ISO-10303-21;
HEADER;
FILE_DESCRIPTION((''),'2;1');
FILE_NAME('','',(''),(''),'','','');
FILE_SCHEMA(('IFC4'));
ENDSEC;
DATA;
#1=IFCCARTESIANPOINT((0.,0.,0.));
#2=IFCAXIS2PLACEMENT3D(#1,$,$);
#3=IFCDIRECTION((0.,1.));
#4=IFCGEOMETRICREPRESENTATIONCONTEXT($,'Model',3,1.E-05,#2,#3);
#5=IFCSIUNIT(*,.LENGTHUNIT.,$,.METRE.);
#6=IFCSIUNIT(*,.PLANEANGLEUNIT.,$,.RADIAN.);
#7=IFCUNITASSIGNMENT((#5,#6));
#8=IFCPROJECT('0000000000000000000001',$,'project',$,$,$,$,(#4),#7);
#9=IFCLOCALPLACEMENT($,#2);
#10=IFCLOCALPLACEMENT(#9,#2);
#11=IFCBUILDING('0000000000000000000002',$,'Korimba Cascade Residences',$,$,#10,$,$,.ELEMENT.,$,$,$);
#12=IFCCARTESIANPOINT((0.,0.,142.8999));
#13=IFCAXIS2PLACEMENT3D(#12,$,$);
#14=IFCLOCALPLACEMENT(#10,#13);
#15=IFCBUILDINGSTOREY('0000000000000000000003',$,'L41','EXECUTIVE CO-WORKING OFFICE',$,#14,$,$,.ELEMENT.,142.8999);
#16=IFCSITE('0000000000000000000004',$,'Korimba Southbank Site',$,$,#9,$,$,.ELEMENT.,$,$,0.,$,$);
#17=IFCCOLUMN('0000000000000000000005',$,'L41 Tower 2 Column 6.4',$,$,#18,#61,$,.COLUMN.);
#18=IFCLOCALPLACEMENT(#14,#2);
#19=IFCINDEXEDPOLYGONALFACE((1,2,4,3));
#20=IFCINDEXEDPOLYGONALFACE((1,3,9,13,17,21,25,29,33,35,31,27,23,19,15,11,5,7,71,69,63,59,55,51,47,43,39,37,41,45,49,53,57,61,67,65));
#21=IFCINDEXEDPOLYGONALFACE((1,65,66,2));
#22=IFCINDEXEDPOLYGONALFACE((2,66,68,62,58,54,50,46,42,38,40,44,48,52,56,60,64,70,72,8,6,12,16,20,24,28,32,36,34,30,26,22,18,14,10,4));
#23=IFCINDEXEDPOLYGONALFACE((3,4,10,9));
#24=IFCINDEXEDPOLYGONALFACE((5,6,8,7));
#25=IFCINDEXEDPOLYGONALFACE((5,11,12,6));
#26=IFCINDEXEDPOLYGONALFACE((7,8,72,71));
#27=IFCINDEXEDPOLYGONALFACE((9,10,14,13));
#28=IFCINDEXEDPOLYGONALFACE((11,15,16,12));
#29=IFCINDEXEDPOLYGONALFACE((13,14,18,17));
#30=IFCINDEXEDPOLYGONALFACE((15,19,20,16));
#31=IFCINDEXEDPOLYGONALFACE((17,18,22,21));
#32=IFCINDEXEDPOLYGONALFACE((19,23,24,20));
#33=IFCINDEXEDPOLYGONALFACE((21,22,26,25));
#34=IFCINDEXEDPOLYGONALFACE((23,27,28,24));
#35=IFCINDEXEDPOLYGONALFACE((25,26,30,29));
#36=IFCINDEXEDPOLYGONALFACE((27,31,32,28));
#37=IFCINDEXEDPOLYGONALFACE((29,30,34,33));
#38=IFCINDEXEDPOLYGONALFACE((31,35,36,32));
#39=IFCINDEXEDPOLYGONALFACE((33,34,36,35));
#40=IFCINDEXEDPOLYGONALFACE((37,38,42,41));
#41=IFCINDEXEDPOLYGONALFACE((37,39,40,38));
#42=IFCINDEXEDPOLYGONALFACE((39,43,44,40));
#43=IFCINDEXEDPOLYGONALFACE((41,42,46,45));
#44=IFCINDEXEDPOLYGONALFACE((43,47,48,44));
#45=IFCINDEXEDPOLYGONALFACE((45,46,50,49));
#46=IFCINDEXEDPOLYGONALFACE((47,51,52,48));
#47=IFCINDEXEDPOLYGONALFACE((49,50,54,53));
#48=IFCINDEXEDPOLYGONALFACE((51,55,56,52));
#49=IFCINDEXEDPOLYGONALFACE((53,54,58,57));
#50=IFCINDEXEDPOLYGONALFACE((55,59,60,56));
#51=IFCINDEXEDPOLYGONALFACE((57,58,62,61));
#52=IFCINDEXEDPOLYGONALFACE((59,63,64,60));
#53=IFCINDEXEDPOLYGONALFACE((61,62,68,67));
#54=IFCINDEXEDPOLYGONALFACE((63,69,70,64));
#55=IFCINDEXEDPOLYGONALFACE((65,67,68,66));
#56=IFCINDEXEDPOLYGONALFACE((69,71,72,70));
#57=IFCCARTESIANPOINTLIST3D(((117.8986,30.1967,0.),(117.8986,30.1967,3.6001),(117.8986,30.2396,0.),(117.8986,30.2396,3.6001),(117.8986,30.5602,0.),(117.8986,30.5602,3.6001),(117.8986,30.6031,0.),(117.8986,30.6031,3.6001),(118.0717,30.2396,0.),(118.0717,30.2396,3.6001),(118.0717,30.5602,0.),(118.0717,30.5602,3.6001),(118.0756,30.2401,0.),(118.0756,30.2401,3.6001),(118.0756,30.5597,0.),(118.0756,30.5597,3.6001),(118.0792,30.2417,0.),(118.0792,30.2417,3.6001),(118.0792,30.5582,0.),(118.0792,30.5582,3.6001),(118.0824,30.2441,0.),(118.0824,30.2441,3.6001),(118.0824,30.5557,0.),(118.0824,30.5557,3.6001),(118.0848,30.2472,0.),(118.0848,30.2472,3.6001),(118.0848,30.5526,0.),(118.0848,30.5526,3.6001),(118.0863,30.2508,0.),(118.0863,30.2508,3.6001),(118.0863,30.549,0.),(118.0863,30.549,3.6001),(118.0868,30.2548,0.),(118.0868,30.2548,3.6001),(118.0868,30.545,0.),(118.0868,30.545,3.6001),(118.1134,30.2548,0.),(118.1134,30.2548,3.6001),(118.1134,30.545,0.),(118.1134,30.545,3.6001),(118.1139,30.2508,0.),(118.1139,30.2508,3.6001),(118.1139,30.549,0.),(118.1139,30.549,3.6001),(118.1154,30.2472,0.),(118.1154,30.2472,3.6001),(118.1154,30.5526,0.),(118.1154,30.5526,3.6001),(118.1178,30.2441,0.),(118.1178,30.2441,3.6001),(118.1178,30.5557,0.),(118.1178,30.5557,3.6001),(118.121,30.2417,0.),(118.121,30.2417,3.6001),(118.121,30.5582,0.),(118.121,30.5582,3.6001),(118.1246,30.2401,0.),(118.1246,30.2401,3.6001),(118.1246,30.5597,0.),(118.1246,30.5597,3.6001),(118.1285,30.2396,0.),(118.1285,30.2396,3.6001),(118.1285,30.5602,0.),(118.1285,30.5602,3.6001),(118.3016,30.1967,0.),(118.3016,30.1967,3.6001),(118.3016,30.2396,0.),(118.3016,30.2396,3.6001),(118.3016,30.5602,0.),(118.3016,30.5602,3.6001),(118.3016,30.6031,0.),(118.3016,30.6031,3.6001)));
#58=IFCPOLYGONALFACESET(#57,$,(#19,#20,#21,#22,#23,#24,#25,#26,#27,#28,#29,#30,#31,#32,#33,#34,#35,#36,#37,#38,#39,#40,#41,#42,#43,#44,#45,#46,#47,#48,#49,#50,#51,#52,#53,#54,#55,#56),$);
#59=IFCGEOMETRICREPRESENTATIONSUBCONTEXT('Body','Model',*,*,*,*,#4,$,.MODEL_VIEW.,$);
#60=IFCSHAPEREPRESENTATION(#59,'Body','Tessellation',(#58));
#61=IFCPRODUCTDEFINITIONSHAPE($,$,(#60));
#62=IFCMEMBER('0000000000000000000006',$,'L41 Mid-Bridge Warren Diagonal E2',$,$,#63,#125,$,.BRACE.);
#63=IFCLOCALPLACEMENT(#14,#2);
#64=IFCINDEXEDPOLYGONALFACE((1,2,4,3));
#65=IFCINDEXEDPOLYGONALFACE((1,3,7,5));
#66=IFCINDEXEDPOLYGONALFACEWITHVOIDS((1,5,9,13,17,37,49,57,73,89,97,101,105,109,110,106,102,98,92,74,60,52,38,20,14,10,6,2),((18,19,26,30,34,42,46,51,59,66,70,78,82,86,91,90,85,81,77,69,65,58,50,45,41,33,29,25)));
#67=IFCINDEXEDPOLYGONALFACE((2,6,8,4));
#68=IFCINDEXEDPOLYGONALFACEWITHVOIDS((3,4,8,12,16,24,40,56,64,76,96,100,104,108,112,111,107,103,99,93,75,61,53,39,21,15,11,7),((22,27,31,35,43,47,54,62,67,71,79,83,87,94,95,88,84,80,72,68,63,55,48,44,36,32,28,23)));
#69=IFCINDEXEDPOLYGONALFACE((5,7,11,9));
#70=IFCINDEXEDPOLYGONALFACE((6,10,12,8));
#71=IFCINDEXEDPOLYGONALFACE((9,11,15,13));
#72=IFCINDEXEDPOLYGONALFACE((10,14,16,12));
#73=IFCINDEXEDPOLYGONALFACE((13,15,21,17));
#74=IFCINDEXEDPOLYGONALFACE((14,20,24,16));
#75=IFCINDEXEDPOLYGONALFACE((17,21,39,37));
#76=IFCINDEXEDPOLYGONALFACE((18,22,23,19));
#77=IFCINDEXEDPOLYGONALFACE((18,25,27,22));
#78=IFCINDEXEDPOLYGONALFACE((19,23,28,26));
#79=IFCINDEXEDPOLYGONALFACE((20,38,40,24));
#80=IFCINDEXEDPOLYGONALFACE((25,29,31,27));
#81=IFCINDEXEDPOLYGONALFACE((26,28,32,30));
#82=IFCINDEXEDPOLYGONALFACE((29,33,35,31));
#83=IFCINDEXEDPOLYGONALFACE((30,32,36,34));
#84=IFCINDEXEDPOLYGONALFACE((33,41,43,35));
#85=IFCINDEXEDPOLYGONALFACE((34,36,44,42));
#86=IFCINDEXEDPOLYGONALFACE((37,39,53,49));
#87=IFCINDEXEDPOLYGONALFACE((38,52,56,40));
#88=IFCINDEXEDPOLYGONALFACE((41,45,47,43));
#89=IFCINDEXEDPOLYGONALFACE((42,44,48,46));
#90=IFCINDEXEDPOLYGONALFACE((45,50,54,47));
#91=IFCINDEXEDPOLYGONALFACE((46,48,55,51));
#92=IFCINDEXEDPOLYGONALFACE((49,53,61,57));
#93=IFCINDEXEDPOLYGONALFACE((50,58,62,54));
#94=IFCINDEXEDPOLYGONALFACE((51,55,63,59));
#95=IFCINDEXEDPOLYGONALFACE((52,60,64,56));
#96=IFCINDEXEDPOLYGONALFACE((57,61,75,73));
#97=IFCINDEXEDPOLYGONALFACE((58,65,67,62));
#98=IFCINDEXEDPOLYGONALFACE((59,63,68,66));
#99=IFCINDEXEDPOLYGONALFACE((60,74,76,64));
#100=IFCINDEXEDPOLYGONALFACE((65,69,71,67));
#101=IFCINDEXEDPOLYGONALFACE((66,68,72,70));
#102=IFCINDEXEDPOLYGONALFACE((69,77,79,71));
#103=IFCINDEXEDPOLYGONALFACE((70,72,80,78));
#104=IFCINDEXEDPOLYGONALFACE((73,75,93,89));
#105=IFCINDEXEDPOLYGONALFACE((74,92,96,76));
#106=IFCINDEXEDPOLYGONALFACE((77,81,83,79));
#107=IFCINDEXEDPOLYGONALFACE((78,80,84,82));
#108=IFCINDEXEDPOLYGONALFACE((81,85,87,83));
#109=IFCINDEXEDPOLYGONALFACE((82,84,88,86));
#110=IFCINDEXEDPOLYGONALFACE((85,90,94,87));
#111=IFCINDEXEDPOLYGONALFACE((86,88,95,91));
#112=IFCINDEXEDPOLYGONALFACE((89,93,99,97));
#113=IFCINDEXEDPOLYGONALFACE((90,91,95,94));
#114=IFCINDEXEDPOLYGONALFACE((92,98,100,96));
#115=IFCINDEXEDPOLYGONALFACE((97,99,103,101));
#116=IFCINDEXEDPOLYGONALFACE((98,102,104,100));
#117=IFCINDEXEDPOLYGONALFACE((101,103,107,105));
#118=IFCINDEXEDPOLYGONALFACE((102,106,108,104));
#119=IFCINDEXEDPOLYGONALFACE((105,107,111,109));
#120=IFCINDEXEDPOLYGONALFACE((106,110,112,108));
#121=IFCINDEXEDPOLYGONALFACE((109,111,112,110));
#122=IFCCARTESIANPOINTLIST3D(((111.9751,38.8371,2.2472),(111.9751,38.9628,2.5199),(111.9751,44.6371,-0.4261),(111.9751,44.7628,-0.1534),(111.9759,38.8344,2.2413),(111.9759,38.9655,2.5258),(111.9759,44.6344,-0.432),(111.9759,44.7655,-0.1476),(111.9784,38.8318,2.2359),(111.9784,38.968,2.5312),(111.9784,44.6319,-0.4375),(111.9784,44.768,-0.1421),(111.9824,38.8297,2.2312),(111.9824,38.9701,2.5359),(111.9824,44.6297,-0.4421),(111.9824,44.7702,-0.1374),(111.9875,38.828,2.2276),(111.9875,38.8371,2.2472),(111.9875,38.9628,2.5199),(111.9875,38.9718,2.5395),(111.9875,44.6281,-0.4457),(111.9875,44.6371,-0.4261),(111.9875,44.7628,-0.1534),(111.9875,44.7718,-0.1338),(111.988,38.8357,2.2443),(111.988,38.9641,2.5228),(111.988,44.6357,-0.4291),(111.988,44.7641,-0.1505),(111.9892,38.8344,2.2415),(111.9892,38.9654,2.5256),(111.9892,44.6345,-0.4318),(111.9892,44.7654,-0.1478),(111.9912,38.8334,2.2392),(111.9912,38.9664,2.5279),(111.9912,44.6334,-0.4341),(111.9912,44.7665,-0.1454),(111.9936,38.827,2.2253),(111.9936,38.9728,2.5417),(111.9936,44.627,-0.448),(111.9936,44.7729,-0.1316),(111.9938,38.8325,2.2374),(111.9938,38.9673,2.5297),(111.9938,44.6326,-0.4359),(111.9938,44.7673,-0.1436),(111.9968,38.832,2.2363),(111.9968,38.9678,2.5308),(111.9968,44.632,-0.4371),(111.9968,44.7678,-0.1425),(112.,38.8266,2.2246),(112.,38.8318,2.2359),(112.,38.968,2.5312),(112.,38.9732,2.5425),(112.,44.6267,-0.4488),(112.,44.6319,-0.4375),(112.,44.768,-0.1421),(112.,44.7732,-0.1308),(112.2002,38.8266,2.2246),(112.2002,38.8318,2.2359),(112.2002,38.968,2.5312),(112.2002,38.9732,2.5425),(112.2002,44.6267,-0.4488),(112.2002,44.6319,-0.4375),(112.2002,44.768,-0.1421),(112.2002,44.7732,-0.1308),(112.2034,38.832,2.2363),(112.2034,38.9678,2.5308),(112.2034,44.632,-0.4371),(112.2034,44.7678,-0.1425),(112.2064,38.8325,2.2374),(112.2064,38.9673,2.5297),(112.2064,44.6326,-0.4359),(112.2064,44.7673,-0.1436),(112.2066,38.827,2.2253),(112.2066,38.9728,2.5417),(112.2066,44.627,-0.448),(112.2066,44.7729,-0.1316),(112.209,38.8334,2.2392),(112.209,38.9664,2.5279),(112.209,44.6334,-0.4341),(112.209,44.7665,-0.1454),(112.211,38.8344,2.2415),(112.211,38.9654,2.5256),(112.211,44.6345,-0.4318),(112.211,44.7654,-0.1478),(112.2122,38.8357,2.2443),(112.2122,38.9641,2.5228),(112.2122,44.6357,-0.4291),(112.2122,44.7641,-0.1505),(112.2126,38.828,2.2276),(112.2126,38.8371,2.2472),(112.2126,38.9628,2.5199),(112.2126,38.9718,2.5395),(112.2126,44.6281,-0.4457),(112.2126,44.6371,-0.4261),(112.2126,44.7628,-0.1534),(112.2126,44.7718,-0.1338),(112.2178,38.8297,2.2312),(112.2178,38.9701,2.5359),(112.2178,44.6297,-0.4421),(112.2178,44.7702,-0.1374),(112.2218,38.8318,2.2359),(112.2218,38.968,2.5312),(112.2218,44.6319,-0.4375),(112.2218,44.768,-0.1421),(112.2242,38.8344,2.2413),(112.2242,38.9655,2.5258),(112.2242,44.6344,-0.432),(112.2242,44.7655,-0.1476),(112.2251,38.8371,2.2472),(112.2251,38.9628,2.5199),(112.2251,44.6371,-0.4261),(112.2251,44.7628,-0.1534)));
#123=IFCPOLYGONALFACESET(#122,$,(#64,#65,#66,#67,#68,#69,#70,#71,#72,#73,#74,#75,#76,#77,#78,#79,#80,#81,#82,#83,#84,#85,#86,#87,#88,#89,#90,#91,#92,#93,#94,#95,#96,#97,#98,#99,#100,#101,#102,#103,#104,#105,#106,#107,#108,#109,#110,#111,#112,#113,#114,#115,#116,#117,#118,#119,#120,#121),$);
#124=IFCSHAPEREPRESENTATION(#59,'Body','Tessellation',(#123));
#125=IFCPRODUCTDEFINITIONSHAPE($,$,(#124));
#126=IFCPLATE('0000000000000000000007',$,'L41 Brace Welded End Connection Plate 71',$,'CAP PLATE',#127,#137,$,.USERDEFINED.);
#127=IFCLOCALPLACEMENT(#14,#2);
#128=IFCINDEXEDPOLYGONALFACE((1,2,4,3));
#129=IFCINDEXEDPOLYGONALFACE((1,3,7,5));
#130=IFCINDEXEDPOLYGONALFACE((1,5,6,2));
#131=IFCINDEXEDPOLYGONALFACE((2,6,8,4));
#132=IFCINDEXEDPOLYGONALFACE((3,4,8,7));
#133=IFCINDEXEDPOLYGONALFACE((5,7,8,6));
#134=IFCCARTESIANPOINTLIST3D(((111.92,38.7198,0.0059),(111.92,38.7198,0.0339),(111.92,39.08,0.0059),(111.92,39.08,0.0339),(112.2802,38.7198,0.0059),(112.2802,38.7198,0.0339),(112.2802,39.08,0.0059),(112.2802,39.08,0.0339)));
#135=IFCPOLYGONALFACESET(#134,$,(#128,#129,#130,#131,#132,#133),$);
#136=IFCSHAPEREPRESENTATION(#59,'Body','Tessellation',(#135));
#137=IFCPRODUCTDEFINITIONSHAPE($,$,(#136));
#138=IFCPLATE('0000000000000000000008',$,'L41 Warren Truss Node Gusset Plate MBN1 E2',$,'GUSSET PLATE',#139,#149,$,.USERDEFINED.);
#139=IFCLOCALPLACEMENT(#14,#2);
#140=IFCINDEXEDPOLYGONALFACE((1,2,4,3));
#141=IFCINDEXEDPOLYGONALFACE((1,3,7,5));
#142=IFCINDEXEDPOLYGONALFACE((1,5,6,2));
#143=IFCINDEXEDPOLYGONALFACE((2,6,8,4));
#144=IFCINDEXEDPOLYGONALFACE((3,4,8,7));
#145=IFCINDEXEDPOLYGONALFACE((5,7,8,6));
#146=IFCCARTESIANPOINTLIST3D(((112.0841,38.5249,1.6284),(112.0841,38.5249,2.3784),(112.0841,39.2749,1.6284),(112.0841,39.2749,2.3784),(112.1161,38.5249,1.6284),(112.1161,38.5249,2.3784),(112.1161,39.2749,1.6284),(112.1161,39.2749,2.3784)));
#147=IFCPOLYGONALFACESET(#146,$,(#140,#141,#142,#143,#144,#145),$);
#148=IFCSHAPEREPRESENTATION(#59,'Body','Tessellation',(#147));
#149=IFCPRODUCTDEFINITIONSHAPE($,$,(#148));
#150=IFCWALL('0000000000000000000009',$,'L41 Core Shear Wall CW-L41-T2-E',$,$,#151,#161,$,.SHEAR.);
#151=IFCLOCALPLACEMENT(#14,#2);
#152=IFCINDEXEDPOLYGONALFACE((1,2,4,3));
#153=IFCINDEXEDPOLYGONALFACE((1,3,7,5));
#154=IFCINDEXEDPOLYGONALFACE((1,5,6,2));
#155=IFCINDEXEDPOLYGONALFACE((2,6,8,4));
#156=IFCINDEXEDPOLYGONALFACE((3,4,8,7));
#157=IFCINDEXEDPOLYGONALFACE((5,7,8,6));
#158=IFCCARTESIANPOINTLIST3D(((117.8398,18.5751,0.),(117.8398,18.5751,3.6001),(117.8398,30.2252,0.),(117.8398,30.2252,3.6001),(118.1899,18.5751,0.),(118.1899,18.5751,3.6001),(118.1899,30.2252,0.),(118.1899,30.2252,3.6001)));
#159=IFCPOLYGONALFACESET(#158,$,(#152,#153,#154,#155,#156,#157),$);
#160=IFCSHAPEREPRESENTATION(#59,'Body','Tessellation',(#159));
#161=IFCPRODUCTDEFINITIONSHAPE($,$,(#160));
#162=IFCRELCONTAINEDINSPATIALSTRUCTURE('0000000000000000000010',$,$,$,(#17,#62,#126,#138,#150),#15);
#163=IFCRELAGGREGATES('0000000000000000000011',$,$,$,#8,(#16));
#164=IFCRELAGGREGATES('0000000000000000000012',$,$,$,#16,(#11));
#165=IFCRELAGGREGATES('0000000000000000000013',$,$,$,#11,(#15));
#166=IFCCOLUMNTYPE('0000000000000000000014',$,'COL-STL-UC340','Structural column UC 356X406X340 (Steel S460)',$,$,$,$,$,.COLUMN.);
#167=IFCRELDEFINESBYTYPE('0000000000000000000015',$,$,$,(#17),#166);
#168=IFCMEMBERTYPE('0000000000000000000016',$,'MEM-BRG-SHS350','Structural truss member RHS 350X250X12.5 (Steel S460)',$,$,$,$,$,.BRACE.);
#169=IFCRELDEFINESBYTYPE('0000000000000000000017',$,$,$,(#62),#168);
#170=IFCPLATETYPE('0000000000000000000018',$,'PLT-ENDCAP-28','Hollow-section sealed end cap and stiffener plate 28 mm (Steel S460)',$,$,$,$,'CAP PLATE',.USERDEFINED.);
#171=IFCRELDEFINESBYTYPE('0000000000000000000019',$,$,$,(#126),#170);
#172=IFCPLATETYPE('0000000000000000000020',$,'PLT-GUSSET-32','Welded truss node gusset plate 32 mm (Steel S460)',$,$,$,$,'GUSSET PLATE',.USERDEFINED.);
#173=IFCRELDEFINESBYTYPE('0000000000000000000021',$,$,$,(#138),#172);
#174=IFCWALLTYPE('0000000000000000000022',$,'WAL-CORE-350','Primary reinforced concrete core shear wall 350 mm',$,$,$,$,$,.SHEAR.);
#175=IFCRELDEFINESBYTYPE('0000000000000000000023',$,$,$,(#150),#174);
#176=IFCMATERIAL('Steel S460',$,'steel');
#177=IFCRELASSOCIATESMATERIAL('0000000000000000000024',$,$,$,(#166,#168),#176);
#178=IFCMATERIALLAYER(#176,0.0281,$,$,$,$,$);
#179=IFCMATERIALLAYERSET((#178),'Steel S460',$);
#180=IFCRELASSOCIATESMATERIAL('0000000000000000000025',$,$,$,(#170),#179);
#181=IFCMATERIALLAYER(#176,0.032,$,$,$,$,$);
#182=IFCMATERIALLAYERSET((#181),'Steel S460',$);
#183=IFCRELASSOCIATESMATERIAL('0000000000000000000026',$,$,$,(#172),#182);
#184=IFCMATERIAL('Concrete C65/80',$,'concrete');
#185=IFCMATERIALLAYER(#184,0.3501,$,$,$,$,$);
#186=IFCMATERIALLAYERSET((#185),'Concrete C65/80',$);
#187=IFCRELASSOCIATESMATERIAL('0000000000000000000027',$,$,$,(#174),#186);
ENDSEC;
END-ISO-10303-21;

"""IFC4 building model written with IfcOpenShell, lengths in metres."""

from ifc_helpers import new_model, si_unit, direction, frame, frame_2d, origin, origin_2d, place, context, subcontext, project, spatial, rectangle, hollow_rectangle, i_section, extrude, material, layer, layer_set, material_profile, profile_set, type_object, element, save


model = new_model("IFC4")

# Units and contexts
model_context = context("Model", 3, precision=1e-05, world=origin(), true_north=direction((0.0, 1.0)))
body_context = subcontext(model_context, "Body", "Model", "MODEL_VIEW")
ifc_project = project(units=[si_unit("LENGTHUNIT", "METRE"), si_unit("PLANEANGLEUNIT", "RADIAN")], contexts=[model_context])

# Site, building, storey
site_placement = place(None, origin())
site = spatial("IfcSite", under=ifc_project, at=site_placement, Name="Korimba Southbank Site", CompositionType="ELEMENT", RefElevation=0.0)
building_placement = place(site_placement, origin())
building = spatial("IfcBuilding", under=site, at=building_placement, Name="Korimba Cascade Residences", CompositionType="ELEMENT")
storey_placement = place(building_placement, frame((0.0, 0.0, 142.8999)))
storey = spatial("IfcBuildingStorey", under=building, at=storey_placement, Name="L41", Description="EXECUTIVE CO-WORKING OFFICE", CompositionType="ELEMENT", Elevation=142.8999)

# Column
ifc_material_1 = material(Name="Steel S460", Category="steel")
ifc_material_profile_1 = material_profile(ifc_material_1, i_section(OverallWidth=0.4031, OverallDepth=0.4065, WebThickness=0.0266, FlangeThickness=0.043, FilletRadius=0.0151, at=origin_2d()), Name="Steel S460")
ifc_profile_set_1 = profile_set([ifc_material_profile_1], Name="Steel S460")
column_type = type_object("IfcColumnType", Name="COL-STL-UC340", Description="Structural column UC 356X406X340 (Steel S460)", PredefinedType="COLUMN", material=ifc_profile_set_1)
column_placement = place(storey_placement, frame((118.1001, 30.3999, 0.0), z_axis=(0.0, 0.0, 1.0), x_axis=(1.0, 0.0, 0.0)))
element("IfcColumn", 1, at=column_placement, inside=storey, type_object=column_type, Name="L41 Tower 2 Column 6.4", PredefinedType="COLUMN", context=body_context, shape_type="SweptSolid", body=[
    extrude(i_section(OverallWidth=0.4031, OverallDepth=0.4065, WebThickness=0.0266, FlangeThickness=0.043, FilletRadius=0.0151, at=origin_2d()), origin(), (0.0, 0.0, 1.0), 3.6001),
])

# Member
ifc_material_profile_2 = material_profile(ifc_material_1, hollow_rectangle(XDim=0.25, YDim=0.3501, WallThickness=0.0125, InnerFilletRadius=0.0125, OuterFilletRadius=0.0249, at=origin_2d()), Name="Steel S460")
ifc_profile_set_2 = profile_set([ifc_material_profile_2], Name="Steel S460")
member_type = type_object("IfcMemberType", Name="MEM-BRG-SHS350", Description="Structural truss member RHS 350X250X12.5 (Steel S460)", PredefinedType="BRACE", material=ifc_profile_set_2)
member_placement = place(storey_placement, frame((112.1001, 38.8999, 2.3835), z_axis=(0.0, 0.908174, -0.418593), x_axis=(-1.0, 0.0, 0.0)))
element("IfcMember", 2, at=member_placement, inside=storey, type_object=member_type, Name="L41 Mid-Bridge Warren Diagonal E2", PredefinedType="BRACE", context=body_context, shape_type="SweptSolid", body=[
    extrude(hollow_rectangle(XDim=0.25, YDim=0.3501, WallThickness=0.0125, InnerFilletRadius=0.0125, OuterFilletRadius=0.0249, at=origin_2d()), origin(), (0.0, 0.0, 1.0), 6.3865),
])

# Plates
ifc_layer_1 = layer(ifc_material_1, 0.0281)
ifc_layer_set_1 = layer_set([ifc_layer_1], Name="Steel S460")
plate_type_1 = type_object("IfcPlateType", Name="PLT-ENDCAP-28", Description="Hollow-section sealed end cap and stiffener plate 28 mm (Steel S460)", ElementType="CAP PLATE", PredefinedType="USERDEFINED", material=ifc_layer_set_1)
plate_1_placement = place(storey_placement, frame((112.1001, 38.8999, 0.0059), z_axis=(0.0, 0.0, 1.0), x_axis=(1.0, 0.0, 0.0)))
element("IfcPlate", 3, at=plate_1_placement, inside=storey, type_object=plate_type_1, Name="L41 Brace Welded End Connection Plate 71", ObjectType="CAP PLATE", PredefinedType="USERDEFINED", context=body_context, shape_type="SweptSolid", body=[
    extrude(rectangle(XDim=0.3601, YDim=0.3601, at=origin_2d()), origin(), (0.0, 0.0, 1.0), 0.0281),
])
ifc_layer_2 = layer(ifc_material_1, 0.032)
ifc_layer_set_2 = layer_set([ifc_layer_2], Name="Steel S460")
plate_type_2 = type_object("IfcPlateType", Name="PLT-GUSSET-32", Description="Welded truss node gusset plate 32 mm (Steel S460)", ElementType="GUSSET PLATE", PredefinedType="USERDEFINED", material=ifc_layer_set_2)
plate_2_placement = place(storey_placement, frame((112.1001, 38.8999, 1.6284), z_axis=(0.0, 0.0, 1.0), x_axis=(1.0, 0.0, 0.0)))
element("IfcPlate", 4, at=plate_2_placement, inside=storey, type_object=plate_type_2, Name="L41 Warren Truss Node Gusset Plate MBN1 E2", ObjectType="GUSSET PLATE", PredefinedType="USERDEFINED", context=body_context, shape_type="SweptSolid", body=[
    extrude(rectangle(XDim=0.032, YDim=0.75, at=origin_2d()), origin(), (0.0, 0.0, 1.0), 0.75),
])

# Wall
ifc_material_2 = material(Name="Concrete C65/80", Category="concrete")
ifc_layer_3 = layer(ifc_material_2, 0.3501)
ifc_layer_set_3 = layer_set([ifc_layer_3], Name="Concrete C65/80")
wall_type_1 = type_object("IfcWallType", Name="WAL-CORE-350", Description="Primary reinforced concrete core shear wall 350 mm", PredefinedType="SHEAR", material=ifc_layer_set_3)
wall_1_placement = place(storey_placement, frame((118.0149, 18.575, 0.0), z_axis=(0.0, 0.0, 1.0), x_axis=(0.0, 1.0, 0.0)))
element("IfcWall", 5, at=wall_1_placement, inside=storey, type_object=wall_type_1, Name="L41 Core Shear Wall CW-L41-T2-E", PredefinedType="SHEAR", context=body_context, shape_type="SweptSolid", body=[
    extrude(rectangle(XDim=11.6501, YDim=0.3501, at=frame_2d((5.8252, 0.0))), origin(), (0.0, 0.0, 1.0), 3.6001),
])

save(model, "model.ifc")
